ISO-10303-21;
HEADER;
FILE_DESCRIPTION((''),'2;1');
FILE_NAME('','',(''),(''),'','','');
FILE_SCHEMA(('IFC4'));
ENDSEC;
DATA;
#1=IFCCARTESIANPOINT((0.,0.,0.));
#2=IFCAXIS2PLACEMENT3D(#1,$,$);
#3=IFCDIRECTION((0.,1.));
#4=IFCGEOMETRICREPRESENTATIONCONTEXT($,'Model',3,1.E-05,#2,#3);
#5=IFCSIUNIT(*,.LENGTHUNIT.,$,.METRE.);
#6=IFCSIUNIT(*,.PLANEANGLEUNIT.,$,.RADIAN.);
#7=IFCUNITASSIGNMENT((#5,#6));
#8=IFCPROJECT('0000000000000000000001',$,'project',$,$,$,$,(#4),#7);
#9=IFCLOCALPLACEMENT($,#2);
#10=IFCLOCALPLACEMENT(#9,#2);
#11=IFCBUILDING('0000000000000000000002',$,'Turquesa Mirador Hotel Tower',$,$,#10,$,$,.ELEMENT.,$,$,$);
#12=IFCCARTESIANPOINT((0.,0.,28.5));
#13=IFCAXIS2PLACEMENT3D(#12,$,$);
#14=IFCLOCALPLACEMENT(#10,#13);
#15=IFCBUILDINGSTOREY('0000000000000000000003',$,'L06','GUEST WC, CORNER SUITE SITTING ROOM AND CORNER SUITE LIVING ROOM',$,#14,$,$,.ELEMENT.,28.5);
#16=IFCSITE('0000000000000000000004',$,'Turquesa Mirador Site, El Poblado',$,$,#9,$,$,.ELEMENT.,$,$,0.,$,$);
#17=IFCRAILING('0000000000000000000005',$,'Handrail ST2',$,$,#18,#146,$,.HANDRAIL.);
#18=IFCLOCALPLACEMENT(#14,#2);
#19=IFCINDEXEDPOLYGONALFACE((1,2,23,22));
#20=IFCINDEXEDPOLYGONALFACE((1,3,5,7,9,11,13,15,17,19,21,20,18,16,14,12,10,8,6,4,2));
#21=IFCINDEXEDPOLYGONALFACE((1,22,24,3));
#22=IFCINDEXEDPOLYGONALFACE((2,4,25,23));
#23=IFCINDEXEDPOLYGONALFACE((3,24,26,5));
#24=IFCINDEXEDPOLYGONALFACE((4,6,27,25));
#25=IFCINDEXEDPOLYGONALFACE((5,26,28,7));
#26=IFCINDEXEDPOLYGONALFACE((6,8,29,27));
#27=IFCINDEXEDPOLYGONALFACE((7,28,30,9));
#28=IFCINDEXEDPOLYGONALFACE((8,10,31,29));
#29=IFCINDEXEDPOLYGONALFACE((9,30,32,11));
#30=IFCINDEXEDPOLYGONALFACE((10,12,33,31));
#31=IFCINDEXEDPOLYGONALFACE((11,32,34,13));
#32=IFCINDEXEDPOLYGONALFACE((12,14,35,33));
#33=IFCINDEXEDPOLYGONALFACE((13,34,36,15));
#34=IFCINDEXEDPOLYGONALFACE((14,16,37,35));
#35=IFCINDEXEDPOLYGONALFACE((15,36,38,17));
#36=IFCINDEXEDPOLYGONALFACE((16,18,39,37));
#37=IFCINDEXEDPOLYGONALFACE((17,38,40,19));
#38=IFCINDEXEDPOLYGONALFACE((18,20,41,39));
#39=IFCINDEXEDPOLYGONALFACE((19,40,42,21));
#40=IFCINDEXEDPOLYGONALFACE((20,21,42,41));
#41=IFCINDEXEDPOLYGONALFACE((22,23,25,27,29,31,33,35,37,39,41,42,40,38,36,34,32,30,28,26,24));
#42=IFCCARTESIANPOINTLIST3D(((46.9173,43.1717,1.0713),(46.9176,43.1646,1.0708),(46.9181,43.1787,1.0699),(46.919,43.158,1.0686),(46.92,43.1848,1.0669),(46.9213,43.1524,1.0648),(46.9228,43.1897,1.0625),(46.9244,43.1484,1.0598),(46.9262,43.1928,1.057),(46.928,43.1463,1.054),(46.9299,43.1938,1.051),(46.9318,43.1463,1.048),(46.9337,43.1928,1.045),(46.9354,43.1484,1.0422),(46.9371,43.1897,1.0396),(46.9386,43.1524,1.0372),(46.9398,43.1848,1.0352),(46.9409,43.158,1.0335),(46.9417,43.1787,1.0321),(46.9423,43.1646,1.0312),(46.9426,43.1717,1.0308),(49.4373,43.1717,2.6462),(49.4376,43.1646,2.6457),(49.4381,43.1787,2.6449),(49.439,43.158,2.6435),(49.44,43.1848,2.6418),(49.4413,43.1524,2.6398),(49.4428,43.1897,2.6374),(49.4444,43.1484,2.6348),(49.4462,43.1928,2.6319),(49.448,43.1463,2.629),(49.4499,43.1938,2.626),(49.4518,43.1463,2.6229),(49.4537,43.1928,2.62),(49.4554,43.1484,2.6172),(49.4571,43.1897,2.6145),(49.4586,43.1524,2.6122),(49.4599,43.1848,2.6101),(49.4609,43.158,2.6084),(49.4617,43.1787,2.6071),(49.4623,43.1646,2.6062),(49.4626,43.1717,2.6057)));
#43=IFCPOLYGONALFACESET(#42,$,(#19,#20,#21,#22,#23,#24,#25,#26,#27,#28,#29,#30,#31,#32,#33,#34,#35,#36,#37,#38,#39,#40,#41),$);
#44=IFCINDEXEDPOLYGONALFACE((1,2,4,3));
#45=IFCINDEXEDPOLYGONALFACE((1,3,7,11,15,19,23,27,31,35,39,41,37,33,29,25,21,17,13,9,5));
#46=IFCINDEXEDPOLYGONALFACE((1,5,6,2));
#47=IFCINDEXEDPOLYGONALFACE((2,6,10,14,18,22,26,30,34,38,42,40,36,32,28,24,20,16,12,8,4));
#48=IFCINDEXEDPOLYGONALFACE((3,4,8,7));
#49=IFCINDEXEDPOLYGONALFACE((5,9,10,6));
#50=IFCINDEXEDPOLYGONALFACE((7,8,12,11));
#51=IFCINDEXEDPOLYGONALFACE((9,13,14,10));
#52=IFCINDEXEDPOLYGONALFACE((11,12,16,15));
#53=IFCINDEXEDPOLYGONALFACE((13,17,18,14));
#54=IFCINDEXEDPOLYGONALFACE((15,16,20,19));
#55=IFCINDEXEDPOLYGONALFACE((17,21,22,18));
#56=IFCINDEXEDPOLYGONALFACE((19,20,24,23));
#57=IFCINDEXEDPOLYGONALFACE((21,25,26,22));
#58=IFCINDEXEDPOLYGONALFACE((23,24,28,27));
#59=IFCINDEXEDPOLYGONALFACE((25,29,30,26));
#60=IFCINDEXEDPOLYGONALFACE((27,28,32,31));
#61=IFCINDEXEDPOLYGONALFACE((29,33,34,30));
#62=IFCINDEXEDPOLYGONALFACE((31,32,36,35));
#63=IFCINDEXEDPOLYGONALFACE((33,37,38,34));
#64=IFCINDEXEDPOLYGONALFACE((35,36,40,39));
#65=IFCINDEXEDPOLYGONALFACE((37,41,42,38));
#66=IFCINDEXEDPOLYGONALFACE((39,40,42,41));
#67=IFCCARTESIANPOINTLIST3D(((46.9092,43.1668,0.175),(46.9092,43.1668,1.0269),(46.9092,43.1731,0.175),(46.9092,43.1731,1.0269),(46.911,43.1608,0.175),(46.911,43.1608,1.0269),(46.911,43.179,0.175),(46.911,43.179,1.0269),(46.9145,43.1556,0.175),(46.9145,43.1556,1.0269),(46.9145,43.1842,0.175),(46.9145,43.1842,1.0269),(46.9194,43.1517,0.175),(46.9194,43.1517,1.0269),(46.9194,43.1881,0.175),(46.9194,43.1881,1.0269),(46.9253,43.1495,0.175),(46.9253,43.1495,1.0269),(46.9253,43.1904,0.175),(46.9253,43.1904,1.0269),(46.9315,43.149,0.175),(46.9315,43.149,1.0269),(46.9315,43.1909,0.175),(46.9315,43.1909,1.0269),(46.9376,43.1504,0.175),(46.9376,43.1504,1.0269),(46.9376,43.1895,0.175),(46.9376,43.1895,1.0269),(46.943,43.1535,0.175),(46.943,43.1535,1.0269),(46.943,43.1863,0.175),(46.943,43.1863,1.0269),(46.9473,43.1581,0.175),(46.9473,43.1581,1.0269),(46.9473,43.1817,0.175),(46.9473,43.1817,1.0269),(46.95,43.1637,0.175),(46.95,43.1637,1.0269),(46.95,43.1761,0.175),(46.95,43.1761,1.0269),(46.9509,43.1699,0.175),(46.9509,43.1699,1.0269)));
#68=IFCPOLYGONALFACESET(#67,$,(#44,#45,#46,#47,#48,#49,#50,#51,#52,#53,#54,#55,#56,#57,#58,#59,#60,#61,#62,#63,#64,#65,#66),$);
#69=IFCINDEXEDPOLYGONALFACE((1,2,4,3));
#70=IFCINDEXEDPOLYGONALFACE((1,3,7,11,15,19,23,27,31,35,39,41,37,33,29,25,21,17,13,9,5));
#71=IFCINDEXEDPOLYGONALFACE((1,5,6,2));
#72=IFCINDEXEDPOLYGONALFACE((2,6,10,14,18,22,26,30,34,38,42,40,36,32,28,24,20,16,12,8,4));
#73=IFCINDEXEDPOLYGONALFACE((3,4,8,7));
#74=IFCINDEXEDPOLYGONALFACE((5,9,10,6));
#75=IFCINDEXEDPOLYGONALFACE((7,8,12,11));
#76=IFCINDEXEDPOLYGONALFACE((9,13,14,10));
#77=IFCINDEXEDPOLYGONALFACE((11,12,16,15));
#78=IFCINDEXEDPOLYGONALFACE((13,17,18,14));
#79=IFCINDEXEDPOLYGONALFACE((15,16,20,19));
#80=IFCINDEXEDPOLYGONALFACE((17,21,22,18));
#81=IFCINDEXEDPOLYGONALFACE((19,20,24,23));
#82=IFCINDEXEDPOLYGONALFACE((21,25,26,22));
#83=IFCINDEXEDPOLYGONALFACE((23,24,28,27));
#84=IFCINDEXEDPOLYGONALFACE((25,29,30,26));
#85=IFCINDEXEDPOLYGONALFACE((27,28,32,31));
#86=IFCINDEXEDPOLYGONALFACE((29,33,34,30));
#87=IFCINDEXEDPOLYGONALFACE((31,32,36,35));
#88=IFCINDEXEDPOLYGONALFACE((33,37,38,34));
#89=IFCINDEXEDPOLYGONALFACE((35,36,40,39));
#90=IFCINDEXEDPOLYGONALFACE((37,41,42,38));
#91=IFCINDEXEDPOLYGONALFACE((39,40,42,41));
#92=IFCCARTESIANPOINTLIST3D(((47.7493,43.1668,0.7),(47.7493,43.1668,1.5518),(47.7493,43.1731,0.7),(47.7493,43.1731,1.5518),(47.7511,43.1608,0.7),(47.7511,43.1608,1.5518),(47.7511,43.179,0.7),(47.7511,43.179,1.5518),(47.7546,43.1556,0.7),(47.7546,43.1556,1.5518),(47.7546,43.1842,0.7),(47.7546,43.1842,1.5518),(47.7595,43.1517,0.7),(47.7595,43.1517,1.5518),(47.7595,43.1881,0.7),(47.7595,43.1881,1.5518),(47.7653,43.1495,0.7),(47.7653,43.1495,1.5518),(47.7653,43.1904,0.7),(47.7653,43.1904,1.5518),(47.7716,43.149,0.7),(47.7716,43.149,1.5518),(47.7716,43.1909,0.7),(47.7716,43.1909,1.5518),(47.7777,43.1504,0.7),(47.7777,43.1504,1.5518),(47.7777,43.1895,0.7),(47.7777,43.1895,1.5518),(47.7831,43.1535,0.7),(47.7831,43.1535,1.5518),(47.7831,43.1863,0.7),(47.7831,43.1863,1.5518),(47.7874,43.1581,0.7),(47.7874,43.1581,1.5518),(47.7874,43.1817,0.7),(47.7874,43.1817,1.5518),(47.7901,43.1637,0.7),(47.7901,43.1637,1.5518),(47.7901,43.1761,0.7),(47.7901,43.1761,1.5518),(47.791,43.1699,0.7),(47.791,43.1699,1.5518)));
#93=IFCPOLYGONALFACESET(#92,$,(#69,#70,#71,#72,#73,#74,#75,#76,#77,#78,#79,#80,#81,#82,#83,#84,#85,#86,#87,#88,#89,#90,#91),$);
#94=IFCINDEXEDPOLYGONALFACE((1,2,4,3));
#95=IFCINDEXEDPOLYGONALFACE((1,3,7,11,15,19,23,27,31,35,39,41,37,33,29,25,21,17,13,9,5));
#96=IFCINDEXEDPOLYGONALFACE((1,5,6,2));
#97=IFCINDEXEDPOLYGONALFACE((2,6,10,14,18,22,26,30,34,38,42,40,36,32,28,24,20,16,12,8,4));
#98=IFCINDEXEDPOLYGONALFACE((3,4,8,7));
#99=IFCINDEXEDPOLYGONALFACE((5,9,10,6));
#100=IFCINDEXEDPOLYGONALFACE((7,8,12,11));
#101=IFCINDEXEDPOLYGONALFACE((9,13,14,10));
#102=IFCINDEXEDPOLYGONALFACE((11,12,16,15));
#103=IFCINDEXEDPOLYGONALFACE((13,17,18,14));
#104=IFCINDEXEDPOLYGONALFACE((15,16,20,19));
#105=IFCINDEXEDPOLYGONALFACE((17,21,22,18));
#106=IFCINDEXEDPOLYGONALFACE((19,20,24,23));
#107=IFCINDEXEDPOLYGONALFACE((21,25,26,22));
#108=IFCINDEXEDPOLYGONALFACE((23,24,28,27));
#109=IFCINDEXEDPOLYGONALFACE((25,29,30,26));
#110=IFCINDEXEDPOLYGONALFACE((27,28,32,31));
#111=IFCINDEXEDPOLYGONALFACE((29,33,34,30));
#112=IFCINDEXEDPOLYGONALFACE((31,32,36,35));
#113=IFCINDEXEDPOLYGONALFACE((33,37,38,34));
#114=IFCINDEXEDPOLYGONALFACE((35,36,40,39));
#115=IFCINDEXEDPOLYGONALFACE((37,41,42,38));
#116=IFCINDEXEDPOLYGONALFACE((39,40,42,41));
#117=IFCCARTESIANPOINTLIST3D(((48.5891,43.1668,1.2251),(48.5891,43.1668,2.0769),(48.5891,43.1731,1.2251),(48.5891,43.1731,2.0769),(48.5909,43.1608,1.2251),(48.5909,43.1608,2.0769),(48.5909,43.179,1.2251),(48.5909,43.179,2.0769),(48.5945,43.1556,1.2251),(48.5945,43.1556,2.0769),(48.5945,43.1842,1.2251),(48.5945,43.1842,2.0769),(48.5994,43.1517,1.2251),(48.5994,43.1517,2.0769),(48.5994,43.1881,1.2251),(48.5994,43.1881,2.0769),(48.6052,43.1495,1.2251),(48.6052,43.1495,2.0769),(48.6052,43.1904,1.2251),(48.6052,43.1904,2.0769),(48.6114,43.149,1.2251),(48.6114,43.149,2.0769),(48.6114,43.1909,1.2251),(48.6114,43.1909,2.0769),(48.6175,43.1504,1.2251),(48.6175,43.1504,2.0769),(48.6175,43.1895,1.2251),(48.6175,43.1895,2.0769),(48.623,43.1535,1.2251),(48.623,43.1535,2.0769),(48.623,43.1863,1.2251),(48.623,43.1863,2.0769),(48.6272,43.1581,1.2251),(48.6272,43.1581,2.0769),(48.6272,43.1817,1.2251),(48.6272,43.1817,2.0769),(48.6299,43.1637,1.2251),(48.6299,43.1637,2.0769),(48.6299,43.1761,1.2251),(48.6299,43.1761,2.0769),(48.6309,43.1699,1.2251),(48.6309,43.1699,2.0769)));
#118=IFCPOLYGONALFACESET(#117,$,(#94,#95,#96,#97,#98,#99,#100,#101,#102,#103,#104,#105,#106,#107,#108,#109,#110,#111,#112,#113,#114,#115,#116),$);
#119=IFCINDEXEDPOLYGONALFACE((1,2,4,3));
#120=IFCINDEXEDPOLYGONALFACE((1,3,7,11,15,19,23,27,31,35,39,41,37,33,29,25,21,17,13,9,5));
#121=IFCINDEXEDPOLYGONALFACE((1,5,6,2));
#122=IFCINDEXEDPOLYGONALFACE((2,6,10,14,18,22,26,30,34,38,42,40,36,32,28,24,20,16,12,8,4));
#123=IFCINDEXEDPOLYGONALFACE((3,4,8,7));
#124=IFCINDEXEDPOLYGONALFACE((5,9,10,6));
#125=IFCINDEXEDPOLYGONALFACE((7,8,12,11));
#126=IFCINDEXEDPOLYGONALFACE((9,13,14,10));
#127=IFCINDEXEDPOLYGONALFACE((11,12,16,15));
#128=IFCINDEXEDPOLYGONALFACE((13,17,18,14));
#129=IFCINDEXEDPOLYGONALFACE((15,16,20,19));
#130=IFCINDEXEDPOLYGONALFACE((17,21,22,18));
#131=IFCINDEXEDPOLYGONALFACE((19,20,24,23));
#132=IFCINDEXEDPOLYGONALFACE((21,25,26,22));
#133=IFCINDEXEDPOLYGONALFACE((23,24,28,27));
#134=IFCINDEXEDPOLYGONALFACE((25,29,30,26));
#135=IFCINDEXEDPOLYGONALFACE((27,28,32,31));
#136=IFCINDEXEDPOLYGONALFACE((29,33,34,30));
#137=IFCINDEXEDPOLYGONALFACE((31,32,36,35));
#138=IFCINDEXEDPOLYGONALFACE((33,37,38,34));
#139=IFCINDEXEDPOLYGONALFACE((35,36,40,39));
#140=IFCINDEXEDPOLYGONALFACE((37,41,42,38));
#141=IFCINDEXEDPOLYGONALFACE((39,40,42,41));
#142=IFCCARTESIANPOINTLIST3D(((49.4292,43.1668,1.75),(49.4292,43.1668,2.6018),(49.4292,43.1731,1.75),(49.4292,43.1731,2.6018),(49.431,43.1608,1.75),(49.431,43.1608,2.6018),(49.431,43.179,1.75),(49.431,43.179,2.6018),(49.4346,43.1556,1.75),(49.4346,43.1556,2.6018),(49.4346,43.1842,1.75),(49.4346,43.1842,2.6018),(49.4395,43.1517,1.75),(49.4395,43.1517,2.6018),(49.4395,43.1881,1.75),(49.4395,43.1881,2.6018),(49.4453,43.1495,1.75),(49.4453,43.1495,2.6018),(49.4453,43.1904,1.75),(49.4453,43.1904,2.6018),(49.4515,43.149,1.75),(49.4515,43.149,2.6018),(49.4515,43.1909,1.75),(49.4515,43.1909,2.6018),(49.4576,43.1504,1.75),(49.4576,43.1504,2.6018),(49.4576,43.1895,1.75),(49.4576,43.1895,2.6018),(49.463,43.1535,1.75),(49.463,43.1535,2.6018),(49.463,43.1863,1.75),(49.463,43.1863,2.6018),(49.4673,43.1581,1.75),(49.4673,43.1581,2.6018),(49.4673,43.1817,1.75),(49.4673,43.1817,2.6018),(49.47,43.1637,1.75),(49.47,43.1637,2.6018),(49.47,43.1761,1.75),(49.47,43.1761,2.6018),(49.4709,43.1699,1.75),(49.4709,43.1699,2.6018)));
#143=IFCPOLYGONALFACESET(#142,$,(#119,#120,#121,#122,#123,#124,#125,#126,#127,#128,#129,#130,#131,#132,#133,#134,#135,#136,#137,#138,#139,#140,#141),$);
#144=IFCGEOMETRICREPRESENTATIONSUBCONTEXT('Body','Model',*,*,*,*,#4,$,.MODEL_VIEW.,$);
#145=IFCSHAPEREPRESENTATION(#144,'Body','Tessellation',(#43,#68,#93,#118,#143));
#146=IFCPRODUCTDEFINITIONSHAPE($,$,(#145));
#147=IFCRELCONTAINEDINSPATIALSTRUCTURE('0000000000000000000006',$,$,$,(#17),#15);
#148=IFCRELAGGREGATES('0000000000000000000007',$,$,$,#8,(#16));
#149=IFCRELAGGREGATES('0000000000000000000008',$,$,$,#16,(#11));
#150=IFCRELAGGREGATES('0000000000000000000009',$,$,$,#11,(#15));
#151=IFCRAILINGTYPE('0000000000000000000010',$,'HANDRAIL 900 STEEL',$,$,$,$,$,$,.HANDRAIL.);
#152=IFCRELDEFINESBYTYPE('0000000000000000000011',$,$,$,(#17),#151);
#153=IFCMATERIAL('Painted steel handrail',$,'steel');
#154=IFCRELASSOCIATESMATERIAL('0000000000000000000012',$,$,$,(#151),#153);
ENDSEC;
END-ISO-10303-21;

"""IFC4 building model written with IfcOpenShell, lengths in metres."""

from ifc_helpers import new_model, si_unit, direction, frame, origin, origin_2d, place, context, subcontext, project, spatial, circle, extrude, material, type_object, element, save


model = new_model("IFC4")

# Units and contexts
model_context = context("Model", 3, precision=1e-05, world=origin(), true_north=direction((0.0, 1.0)))
body_context = subcontext(model_context, "Body", "Model", "MODEL_VIEW")
ifc_project = project(units=[si_unit("LENGTHUNIT", "METRE"), si_unit("PLANEANGLEUNIT", "RADIAN")], contexts=[model_context])

# Site, building, storey
site_placement = place(None, origin())
site = spatial("IfcSite", under=ifc_project, at=site_placement, Name="Turquesa Mirador Site, El Poblado", CompositionType="ELEMENT", RefElevation=0.0)
building_placement = place(site_placement, origin())
building = spatial("IfcBuilding", under=site, at=building_placement, Name="Turquesa Mirador Hotel Tower", CompositionType="ELEMENT")
storey_placement = place(building_placement, frame((0.0, 0.0, 28.5)))
storey = spatial("IfcBuildingStorey", under=building, at=storey_placement, Name="L06", Description="GUEST WC, CORNER SUITE SITTING ROOM AND CORNER SUITE LIVING ROOM", CompositionType="ELEMENT", Elevation=28.5)

# Railing
ifc_material_1 = material(Name="Painted steel handrail", Category="steel")
railing_type = type_object("IfcRailingType", Name="HANDRAIL 900 STEEL", PredefinedType="HANDRAIL", material=ifc_material_1)
for number, where, name in (
    (1, (46.9299, 43.1699, 0.175), "Handrail ST2"),
):
    element("IfcRailing", number, at=place(storey_placement, frame(where)), inside=storey, type_object=railing_type, Name=name, PredefinedType="HANDRAIL", context=body_context, shape_type="SweptSolid", body=[
        extrude(circle(Radius=0.0239, at=origin_2d()), frame((0.0, 0.0, 0.876), z_axis=(0.848008, 0.0, 0.529984), x_axis=(0.0, 1.0, 0.0)), (0.0, 0.0, 1.0), 2.9717),
        extrude(circle(Radius=0.021, at=origin_2d()), origin(), (0.0, 0.0, 1.0), 0.8518),
        extrude(circle(Radius=0.021, at=origin_2d()), frame((0.8401, 0.0, 0.5249)), (0.0, 0.0, 1.0), 0.8518),
        extrude(circle(Radius=0.021, at=origin_2d()), frame((1.6799, 0.0, 1.05)), (0.0, 0.0, 1.0), 0.8518),
        extrude(circle(Radius=0.021, at=origin_2d()), frame((2.52, 0.0, 1.575)), (0.0, 0.0, 1.0), 0.8518),
    ])

save(model, "model.ifc")
